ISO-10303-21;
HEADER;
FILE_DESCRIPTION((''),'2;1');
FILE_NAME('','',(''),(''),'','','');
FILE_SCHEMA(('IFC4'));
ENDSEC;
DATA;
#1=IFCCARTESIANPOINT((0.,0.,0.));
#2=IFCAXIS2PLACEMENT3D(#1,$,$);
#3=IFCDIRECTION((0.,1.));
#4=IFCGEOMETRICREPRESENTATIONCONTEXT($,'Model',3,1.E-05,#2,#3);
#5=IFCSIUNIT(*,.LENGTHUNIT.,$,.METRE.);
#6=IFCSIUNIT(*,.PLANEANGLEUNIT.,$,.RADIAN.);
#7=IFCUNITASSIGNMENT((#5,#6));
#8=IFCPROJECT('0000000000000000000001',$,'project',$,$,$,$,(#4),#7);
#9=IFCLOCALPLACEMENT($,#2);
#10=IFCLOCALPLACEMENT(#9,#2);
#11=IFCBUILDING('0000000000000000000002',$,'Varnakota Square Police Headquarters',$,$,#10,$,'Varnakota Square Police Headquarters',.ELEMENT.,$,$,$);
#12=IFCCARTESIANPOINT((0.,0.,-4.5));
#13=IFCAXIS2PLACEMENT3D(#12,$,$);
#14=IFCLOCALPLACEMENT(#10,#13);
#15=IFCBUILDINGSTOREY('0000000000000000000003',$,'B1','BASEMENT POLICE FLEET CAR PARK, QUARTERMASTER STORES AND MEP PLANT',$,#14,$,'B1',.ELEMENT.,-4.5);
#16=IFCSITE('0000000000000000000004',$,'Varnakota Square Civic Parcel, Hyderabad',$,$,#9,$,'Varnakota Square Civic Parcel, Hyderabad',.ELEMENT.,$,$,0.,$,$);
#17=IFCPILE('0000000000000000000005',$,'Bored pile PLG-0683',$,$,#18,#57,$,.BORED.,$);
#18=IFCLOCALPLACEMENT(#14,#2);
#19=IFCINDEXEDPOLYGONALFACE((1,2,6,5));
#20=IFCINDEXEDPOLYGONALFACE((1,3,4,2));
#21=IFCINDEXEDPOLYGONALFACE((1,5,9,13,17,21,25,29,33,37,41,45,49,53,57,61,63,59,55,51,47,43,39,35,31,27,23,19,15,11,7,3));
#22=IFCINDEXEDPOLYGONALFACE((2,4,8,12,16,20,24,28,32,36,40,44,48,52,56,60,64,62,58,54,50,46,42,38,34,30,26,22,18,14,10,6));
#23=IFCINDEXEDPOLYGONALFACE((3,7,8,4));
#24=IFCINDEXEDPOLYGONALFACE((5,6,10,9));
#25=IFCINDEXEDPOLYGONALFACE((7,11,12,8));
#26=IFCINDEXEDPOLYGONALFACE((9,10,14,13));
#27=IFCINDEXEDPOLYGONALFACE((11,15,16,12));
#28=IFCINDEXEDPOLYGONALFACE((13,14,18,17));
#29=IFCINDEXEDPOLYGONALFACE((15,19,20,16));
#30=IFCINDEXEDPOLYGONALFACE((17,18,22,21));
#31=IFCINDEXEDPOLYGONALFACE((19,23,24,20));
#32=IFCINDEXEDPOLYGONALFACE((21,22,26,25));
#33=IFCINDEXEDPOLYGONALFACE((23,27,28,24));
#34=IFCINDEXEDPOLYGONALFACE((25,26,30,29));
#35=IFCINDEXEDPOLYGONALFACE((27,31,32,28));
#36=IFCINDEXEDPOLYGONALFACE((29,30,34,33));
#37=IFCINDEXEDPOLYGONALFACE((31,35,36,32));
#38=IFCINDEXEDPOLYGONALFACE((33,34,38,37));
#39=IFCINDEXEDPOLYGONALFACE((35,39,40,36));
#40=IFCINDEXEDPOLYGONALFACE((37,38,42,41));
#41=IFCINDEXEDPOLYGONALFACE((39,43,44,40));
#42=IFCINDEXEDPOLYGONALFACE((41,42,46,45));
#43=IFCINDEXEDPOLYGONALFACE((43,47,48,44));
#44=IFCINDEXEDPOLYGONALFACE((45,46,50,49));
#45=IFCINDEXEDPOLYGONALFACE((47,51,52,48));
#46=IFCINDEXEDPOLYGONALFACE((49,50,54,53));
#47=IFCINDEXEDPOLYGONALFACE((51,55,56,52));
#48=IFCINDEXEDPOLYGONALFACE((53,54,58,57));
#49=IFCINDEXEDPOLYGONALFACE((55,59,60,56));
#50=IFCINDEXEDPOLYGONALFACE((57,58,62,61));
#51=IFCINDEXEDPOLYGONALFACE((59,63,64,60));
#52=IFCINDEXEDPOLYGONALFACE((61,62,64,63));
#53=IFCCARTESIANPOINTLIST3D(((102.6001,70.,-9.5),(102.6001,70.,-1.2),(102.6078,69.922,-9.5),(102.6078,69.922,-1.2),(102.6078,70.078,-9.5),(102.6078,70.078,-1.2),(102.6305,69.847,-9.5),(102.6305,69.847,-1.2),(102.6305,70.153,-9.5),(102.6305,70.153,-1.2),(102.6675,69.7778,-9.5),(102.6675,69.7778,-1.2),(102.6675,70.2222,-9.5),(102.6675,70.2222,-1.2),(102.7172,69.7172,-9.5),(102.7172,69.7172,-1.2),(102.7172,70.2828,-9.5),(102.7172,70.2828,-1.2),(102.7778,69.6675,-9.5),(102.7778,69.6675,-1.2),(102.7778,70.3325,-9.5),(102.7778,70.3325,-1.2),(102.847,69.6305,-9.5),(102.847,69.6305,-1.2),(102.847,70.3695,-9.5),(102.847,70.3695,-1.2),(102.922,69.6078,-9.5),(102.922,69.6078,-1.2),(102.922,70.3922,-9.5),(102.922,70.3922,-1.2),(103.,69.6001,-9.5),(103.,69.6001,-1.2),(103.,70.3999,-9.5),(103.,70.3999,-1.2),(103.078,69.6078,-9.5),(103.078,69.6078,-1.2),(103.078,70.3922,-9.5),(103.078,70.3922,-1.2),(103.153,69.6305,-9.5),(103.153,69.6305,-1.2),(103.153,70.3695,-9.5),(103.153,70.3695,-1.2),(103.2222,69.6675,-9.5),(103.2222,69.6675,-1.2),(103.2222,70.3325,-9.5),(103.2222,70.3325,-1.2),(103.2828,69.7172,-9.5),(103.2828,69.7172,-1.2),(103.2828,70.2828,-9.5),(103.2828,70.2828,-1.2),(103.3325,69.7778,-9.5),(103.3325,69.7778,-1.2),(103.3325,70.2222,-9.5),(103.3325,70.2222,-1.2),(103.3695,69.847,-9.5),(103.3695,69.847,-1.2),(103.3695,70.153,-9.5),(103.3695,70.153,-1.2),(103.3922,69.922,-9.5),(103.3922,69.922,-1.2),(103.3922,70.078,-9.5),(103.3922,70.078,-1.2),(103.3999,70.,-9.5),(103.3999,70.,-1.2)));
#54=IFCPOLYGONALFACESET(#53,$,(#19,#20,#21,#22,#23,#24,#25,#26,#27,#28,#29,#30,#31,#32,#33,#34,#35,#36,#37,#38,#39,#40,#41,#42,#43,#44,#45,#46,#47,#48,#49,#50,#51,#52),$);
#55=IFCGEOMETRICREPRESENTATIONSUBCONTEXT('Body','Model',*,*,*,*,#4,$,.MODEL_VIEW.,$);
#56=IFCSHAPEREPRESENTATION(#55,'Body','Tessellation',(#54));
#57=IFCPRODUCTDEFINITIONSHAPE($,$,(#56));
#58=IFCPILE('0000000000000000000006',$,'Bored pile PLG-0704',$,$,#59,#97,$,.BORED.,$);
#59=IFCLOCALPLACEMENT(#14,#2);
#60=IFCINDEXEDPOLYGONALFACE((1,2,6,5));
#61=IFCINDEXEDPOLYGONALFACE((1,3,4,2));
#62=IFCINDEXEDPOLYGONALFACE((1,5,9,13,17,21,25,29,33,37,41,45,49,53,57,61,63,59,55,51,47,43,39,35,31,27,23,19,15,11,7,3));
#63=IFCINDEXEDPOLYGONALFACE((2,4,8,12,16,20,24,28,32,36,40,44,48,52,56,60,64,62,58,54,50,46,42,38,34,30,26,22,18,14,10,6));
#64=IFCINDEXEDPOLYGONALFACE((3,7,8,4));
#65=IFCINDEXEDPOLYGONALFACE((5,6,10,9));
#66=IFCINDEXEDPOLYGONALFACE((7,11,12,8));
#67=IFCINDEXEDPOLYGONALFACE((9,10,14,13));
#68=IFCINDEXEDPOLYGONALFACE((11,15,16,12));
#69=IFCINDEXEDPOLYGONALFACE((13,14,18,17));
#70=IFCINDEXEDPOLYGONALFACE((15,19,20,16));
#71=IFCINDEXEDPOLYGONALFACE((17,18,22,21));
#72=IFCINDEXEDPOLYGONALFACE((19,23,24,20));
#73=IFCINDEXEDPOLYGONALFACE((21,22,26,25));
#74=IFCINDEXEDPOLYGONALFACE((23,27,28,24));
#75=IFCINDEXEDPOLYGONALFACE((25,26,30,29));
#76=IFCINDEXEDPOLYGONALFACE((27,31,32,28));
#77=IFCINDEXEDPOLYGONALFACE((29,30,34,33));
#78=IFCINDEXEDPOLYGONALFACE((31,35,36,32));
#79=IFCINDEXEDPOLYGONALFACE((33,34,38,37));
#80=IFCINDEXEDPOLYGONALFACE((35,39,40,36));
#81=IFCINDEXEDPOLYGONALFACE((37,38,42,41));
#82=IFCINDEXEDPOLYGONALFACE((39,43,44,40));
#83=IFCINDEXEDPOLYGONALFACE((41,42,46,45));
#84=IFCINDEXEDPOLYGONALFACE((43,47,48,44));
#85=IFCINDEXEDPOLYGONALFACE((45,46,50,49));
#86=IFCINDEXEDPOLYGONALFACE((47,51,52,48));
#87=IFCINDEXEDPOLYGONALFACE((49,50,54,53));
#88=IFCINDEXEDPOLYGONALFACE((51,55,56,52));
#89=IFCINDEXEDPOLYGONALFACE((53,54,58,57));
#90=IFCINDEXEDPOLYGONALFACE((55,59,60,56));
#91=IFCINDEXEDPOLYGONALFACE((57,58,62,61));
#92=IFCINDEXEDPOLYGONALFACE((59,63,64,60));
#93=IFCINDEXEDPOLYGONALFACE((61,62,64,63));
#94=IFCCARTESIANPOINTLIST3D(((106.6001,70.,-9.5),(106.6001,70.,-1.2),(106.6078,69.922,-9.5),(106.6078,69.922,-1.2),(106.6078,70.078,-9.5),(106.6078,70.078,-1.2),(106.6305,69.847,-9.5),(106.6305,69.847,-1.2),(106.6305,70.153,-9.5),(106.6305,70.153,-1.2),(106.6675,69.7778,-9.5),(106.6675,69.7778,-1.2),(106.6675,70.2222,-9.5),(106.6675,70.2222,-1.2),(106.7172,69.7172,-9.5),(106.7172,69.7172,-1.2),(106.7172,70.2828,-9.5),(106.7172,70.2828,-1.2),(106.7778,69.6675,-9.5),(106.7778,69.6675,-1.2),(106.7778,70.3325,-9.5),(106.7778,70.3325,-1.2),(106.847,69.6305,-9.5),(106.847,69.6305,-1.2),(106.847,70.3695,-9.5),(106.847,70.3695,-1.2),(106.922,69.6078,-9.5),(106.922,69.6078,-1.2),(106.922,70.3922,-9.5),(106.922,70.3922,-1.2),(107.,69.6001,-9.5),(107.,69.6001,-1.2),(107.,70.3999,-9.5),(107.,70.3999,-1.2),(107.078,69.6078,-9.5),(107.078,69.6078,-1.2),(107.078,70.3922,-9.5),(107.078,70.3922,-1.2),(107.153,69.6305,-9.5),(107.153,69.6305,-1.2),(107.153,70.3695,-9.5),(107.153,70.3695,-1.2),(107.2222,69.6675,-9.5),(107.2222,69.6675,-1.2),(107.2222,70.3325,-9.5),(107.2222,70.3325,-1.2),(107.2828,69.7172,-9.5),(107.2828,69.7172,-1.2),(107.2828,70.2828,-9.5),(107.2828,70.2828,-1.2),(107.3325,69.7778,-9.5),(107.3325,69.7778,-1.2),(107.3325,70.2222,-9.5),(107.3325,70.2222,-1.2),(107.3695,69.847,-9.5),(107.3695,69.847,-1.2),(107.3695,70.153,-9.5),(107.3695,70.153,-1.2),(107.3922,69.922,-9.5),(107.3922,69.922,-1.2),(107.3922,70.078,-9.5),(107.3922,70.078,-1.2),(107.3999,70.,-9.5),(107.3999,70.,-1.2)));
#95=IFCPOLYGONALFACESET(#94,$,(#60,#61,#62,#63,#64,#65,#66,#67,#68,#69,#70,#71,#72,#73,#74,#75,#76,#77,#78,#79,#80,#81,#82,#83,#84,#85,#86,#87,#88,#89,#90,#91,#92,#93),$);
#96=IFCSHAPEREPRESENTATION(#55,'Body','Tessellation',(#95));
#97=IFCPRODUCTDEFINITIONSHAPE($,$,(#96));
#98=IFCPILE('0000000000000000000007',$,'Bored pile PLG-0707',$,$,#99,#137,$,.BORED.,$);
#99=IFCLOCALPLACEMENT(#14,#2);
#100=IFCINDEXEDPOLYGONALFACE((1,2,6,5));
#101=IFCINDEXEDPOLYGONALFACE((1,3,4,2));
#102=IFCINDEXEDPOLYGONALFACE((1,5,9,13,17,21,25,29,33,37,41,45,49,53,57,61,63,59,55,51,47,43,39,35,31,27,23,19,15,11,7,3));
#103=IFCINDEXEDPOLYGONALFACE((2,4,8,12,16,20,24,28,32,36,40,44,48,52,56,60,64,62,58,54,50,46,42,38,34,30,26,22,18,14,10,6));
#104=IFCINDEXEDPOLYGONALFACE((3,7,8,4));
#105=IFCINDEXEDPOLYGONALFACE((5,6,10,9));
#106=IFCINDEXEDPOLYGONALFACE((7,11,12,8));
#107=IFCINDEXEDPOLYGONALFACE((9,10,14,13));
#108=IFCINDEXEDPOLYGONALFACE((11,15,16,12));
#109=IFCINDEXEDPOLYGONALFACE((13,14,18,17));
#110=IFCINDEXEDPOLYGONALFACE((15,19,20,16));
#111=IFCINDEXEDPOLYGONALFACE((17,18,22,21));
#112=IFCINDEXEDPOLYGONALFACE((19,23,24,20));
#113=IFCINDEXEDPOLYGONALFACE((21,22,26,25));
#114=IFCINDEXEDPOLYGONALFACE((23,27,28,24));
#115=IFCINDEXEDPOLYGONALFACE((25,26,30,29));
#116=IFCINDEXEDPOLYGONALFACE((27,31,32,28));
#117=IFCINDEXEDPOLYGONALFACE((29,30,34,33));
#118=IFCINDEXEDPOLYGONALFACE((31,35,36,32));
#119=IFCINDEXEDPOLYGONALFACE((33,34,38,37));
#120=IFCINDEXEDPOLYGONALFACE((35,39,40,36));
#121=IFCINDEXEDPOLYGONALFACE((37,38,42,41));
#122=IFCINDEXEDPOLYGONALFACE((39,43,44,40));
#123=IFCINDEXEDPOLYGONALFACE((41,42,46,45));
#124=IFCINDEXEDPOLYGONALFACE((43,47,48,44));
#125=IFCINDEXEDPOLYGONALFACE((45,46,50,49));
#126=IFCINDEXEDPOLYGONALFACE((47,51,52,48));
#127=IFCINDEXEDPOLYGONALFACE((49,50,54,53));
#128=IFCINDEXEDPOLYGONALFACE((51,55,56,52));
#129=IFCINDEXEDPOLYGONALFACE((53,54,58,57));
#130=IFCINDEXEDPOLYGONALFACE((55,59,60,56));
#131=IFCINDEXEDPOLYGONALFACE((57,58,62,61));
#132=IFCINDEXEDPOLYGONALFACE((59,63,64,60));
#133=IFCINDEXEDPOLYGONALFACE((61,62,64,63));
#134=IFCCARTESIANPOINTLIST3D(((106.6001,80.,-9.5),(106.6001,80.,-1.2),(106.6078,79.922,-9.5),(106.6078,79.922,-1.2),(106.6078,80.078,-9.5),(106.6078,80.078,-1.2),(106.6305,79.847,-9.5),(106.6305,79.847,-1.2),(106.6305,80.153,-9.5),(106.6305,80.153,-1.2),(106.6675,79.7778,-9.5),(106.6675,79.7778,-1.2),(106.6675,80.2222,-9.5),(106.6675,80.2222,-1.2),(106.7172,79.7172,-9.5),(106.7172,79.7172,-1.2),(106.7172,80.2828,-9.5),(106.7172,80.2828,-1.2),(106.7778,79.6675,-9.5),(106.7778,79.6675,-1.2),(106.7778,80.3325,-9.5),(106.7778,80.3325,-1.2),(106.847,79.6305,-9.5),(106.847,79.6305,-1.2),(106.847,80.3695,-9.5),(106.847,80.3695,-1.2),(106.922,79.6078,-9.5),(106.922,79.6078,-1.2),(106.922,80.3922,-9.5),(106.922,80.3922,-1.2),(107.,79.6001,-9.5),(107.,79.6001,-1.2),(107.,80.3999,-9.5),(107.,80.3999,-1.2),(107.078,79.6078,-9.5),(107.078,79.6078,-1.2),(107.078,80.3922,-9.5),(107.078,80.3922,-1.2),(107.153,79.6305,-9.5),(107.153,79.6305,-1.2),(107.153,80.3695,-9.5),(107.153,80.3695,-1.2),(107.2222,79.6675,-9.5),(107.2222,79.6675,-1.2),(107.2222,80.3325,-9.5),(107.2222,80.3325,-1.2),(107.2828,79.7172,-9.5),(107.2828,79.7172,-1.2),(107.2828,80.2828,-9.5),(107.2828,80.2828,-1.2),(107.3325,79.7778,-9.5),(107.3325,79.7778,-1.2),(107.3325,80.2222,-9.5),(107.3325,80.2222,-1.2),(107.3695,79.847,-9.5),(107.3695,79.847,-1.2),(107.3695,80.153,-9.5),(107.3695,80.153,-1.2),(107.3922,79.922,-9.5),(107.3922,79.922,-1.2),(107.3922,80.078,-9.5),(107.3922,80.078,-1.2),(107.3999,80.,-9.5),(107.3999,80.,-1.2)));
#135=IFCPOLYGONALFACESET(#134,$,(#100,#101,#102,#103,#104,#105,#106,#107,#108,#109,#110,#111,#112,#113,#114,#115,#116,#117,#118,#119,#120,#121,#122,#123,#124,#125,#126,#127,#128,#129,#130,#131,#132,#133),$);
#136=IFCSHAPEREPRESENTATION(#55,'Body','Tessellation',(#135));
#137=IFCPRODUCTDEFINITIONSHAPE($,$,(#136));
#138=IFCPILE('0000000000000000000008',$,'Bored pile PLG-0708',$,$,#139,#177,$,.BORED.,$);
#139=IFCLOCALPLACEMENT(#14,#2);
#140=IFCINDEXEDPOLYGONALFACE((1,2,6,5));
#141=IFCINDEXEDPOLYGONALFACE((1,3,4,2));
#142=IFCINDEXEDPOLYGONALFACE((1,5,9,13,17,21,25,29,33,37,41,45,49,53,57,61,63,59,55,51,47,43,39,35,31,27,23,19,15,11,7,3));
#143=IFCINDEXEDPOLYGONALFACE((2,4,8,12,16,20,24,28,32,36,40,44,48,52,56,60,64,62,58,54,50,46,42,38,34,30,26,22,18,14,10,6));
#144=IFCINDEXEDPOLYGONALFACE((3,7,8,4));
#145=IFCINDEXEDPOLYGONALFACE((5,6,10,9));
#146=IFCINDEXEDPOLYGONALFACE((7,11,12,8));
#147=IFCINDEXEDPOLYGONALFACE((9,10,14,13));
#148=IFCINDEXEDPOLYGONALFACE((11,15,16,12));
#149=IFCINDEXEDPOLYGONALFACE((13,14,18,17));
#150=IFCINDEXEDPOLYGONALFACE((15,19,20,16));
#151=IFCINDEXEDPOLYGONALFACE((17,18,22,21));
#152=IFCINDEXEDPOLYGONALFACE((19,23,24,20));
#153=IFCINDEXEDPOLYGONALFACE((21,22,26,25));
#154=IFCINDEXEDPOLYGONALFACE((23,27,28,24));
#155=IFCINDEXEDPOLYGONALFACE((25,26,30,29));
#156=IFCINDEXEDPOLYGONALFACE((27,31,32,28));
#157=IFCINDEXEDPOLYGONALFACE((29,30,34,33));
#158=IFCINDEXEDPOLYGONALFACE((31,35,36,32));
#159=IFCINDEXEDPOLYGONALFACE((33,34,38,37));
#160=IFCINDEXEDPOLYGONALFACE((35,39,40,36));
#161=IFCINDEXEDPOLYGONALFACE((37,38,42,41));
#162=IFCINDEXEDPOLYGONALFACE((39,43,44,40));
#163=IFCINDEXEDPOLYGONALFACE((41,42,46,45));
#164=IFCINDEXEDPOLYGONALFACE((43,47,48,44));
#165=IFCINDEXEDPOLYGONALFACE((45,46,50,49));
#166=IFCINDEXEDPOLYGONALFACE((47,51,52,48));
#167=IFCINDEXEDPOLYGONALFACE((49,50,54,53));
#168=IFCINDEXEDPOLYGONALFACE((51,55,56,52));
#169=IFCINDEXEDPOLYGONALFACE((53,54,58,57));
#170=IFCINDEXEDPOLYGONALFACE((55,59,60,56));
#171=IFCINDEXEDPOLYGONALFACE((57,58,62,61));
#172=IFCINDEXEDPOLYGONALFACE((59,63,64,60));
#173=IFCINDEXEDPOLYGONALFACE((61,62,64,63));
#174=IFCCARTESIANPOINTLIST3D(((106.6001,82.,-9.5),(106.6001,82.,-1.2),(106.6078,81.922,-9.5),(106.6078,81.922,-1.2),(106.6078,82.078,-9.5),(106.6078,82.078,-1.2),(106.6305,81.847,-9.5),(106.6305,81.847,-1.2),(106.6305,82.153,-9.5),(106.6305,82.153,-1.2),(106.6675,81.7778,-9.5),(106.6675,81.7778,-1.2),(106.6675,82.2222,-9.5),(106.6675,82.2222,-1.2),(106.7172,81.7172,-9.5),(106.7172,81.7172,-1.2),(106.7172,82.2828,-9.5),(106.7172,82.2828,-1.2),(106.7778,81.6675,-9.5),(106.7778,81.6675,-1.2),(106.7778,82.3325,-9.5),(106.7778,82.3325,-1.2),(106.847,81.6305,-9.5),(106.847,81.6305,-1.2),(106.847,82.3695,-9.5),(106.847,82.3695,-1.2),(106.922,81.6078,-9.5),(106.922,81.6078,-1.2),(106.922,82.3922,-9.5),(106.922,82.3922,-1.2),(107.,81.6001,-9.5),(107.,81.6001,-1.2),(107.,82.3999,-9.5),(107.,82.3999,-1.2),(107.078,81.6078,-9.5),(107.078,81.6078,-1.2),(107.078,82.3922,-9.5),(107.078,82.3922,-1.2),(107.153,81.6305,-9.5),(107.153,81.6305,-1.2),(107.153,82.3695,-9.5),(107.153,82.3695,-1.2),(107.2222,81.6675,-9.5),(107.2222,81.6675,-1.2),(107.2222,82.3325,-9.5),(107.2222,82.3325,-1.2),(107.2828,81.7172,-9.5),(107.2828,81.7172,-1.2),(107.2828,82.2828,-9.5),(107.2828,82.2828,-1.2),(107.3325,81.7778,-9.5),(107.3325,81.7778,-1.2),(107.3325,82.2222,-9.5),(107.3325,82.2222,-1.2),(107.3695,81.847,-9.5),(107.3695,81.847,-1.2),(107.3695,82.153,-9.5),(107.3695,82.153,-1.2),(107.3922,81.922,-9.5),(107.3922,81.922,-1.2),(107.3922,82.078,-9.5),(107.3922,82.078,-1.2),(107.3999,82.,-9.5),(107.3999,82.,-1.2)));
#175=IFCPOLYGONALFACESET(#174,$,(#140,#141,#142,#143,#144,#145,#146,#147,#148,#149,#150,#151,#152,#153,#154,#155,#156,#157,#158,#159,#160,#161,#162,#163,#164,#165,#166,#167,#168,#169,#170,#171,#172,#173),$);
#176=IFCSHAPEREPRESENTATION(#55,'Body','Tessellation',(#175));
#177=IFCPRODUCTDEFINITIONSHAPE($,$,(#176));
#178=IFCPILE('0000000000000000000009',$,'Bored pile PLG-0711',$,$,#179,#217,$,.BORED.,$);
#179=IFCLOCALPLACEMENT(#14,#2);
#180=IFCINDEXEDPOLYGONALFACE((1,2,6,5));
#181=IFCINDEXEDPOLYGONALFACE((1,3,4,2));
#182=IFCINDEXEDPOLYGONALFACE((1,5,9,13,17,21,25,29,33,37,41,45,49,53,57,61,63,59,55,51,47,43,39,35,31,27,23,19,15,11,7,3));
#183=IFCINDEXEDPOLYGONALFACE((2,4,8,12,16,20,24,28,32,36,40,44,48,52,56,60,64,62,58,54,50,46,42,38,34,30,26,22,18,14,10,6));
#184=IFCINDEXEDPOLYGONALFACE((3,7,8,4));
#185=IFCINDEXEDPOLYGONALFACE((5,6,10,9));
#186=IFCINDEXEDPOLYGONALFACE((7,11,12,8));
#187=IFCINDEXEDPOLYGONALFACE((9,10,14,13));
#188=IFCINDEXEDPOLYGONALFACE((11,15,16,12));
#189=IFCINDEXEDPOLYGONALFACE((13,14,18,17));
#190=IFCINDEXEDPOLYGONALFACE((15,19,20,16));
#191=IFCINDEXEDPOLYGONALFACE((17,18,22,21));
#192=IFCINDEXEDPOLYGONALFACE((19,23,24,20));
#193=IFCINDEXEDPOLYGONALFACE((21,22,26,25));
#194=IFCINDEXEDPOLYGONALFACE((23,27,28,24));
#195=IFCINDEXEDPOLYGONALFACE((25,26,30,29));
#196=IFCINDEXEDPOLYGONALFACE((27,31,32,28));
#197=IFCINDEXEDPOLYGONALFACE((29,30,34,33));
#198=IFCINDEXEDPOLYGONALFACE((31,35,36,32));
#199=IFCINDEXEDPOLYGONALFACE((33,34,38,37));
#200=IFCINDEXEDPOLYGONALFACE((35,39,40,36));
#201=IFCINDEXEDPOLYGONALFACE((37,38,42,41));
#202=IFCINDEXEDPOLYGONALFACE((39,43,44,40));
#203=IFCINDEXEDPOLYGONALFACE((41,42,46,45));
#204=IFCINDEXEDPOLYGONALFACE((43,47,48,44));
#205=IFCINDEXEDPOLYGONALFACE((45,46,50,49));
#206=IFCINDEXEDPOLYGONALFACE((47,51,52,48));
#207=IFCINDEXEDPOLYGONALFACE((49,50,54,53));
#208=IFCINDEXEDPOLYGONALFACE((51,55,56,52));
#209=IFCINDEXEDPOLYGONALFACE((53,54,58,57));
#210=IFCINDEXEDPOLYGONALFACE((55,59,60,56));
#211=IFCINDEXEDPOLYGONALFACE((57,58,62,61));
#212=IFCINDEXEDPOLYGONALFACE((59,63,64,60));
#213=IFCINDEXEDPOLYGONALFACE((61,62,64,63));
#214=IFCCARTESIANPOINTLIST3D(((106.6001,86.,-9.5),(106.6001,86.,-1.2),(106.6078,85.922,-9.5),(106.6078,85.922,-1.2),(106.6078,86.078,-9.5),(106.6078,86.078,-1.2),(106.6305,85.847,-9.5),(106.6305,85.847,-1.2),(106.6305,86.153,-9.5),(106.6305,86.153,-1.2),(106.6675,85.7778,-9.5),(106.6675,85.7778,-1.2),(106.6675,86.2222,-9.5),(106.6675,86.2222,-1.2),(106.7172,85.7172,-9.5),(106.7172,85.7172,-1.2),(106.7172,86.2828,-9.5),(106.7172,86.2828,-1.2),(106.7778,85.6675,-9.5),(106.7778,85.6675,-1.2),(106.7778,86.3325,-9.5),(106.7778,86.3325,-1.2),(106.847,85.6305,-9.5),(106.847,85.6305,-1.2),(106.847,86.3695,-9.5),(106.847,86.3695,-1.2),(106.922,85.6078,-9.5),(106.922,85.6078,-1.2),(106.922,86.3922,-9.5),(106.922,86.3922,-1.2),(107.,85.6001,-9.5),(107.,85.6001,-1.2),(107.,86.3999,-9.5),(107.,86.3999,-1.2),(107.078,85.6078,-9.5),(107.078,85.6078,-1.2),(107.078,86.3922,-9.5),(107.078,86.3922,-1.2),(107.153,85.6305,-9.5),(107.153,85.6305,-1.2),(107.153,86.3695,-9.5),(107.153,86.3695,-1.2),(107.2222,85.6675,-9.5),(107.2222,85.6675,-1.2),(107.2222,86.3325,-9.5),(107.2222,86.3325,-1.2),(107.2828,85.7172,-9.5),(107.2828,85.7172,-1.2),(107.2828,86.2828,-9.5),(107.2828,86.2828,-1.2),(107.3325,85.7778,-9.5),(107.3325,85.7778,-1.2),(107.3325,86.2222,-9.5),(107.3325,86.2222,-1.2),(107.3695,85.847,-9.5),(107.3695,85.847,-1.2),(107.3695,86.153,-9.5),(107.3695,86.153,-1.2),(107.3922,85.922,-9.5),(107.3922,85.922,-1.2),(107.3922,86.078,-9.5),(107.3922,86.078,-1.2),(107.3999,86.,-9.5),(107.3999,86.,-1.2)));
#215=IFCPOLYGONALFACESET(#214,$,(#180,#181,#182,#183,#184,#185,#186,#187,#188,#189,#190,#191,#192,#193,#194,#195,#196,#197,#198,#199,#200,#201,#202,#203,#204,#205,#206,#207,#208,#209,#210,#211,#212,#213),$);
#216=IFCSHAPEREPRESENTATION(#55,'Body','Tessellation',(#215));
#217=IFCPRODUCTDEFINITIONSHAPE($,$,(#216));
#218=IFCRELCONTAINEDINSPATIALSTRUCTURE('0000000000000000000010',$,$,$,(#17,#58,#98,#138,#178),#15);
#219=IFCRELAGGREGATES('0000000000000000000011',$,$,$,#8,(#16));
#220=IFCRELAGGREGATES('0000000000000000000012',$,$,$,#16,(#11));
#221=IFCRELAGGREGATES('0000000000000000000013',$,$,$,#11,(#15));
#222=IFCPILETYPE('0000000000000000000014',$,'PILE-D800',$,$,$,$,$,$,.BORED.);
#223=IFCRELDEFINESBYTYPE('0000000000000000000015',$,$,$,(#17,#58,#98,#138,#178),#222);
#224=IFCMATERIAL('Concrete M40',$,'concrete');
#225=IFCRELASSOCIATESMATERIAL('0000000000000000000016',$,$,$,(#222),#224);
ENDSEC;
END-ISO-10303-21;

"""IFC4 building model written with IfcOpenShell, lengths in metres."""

from ifc_helpers import new_model, si_unit, direction, frame, origin, origin_2d, place, context, subcontext, project, spatial, circle, extrude, material, material_profile, profile_set, type_object, element, save


model = new_model("IFC4")

# Units and contexts
model_context = context("Model", 3, precision=1e-05, world=origin(), true_north=direction((0.0, 1.0)))
body_context = subcontext(model_context, "Body", "Model", "MODEL_VIEW")
ifc_project = project(units=[si_unit("LENGTHUNIT", "METRE"), si_unit("PLANEANGLEUNIT", "RADIAN")], contexts=[model_context])

# Site, building, storey
site_placement = place(None, origin())
site = spatial("IfcSite", under=ifc_project, at=site_placement, Name="Varnakota Square Civic Parcel, Hyderabad", LongName="Varnakota Square Civic Parcel, Hyderabad", CompositionType="ELEMENT", RefElevation=0.0)
building_placement = place(site_placement, origin())
building = spatial("IfcBuilding", under=site, at=building_placement, Name="Varnakota Square Police Headquarters", LongName="Varnakota Square Police Headquarters", CompositionType="ELEMENT")
storey_placement = place(building_placement, frame((0.0, 0.0, -4.5)))
storey = spatial("IfcBuildingStorey", under=building, at=storey_placement, Name="B1", Description="BASEMENT POLICE FLEET CAR PARK, QUARTERMASTER STORES AND MEP PLANT", LongName="B1", CompositionType="ELEMENT", Elevation=-4.5)

# Shared definitions
ifc_material_1 = material(Name="Concrete M40", Category="concrete")

# Piles
ifc_material_profile_1 = material_profile(ifc_material_1, circle(Radius=0.3999, at=origin_2d()), Name="BORED PILE 800")
ifc_profile_set_1 = profile_set([ifc_material_profile_1], Name="Concrete M40")
pile_type_1 = type_object("IfcPileType", Name="PILE-D800", PredefinedType="BORED", material=ifc_profile_set_1)
for number, where, z_axis, x_axis, name in (
    (1, (103.0, 70.0, -1.2), (0.0, 0.0, -1.0), (1.0, 0.0, 0.0), "Bored pile PLG-0683"),
    (2, (107.0, 70.0, -1.2), (0.0, 0.0, -1.0), (1.0, 0.0, 0.0), "Bored pile PLG-0704"),
    (3, (107.0, 80.0, -1.2), (0.0, 0.0, -1.0), (1.0, 0.0, 0.0), "Bored pile PLG-0707"),
    (4, (107.0, 82.0, -1.2), (0.0, 0.0, -1.0), (1.0, 0.0, 0.0), "Bored pile PLG-0708"),
    (5, (107.0, 86.0, -1.2), (0.0, 0.0, -1.0), (1.0, 0.0, 0.0), "Bored pile PLG-0711"),
):
    element("IfcPile", number, at=place(storey_placement, frame(where, z_axis=z_axis, x_axis=x_axis)), inside=storey, type_object=pile_type_1, Name=name, PredefinedType="BORED", context=body_context, shape_type="SweptSolid", body=[
        extrude(circle(Radius=0.3999, at=origin_2d()), origin(), (0.0, 0.0, 1.0), 8.3),
    ])

save(model, "model.ifc")
